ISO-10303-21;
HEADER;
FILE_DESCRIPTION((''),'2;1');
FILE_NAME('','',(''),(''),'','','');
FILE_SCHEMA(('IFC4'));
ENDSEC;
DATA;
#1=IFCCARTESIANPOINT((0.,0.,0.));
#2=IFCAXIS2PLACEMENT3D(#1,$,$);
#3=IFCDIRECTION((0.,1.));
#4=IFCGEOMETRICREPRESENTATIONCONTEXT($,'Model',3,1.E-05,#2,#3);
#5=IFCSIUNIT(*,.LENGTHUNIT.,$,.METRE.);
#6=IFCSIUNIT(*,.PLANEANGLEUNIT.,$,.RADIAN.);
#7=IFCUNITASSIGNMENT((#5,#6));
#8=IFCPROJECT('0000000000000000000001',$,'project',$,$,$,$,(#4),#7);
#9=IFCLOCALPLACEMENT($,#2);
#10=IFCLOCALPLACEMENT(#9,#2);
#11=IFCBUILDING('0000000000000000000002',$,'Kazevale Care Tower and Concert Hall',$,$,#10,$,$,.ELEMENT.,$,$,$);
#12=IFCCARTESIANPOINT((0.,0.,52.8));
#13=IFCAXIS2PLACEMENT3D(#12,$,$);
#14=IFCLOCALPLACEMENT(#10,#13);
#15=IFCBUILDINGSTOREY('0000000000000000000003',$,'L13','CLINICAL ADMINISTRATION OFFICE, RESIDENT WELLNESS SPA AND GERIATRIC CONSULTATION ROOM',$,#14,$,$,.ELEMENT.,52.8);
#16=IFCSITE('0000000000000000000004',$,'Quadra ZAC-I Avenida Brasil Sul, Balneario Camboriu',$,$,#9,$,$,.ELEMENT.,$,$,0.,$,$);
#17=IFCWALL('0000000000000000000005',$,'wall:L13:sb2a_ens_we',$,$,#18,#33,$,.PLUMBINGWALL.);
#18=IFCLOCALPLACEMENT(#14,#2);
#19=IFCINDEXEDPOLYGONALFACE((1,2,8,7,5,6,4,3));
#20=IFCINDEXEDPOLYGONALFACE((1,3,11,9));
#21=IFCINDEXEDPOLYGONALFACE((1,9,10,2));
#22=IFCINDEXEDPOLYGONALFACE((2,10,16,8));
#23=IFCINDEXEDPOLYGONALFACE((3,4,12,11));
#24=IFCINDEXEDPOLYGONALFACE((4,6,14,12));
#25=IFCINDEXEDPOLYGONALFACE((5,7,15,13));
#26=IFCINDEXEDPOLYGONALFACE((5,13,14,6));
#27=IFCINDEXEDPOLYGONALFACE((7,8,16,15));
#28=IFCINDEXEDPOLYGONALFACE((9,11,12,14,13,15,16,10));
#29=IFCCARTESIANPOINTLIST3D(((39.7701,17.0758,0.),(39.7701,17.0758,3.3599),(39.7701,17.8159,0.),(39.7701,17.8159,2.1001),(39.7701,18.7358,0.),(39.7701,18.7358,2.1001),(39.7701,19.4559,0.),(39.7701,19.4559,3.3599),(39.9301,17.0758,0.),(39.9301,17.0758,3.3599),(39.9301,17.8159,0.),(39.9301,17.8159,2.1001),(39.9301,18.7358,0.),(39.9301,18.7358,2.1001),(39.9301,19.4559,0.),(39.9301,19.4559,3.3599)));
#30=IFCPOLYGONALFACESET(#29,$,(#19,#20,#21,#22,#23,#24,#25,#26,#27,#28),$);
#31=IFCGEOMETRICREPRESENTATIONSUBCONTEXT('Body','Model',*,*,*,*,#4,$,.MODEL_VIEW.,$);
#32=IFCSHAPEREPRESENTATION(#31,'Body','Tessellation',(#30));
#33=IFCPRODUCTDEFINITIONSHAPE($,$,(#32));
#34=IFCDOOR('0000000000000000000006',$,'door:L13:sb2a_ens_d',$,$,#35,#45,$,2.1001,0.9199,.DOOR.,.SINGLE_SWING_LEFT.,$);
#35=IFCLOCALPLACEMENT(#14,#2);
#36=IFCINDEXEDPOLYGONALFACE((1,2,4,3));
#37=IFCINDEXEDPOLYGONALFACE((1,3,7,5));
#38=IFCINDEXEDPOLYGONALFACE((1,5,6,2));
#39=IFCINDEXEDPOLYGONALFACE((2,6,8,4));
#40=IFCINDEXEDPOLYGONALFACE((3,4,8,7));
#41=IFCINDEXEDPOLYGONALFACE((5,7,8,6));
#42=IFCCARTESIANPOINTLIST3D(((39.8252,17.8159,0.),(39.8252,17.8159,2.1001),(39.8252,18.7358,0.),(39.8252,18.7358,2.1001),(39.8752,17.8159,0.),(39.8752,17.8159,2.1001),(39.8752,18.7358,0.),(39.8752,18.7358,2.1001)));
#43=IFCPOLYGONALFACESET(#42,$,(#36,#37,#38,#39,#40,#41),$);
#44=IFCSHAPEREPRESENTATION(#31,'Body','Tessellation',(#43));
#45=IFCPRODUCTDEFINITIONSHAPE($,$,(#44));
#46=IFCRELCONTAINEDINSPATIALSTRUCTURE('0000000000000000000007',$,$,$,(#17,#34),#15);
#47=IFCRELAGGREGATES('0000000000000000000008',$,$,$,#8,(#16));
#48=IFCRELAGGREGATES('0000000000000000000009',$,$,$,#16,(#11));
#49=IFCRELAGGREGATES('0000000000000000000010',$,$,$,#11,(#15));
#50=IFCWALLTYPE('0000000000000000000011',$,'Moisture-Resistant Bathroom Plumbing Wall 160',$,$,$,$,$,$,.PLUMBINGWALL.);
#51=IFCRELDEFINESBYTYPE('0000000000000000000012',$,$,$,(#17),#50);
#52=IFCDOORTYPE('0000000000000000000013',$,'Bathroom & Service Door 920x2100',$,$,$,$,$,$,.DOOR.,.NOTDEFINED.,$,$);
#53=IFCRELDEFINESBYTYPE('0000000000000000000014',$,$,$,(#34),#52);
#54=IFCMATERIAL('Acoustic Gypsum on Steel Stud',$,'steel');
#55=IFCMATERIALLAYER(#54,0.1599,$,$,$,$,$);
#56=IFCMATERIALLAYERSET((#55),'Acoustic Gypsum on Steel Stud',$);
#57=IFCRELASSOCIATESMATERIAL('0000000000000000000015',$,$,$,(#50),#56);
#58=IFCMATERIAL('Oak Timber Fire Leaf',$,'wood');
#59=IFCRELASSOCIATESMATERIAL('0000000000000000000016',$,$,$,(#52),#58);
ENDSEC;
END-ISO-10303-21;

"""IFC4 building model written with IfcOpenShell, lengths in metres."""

from ifc_helpers import new_model, si_unit, direction, frame, frame_2d, origin, place, context, subcontext, project, spatial, rectangle, extrude, material, layer, layer_set, type_object, element, fill, save


model = new_model("IFC4")

# Units and contexts
model_context = context("Model", 3, precision=1e-05, world=origin(), true_north=direction((0.0, 1.0)))
body_context = subcontext(model_context, "Body", "Model", "MODEL_VIEW")
ifc_project = project(units=[si_unit("LENGTHUNIT", "METRE"), si_unit("PLANEANGLEUNIT", "RADIAN")], contexts=[model_context])

# Site, building, storey
site_placement = place(None, origin())
site = spatial("IfcSite", under=ifc_project, at=site_placement, Name="Quadra ZAC-I Avenida Brasil Sul, Balneario Camboriu", CompositionType="ELEMENT", RefElevation=0.0)
building_placement = place(site_placement, origin())
building = spatial("IfcBuilding", under=site, at=building_placement, Name="Kazevale Care Tower and Concert Hall", CompositionType="ELEMENT")
storey_placement = place(building_placement, frame((0.0, 0.0, 52.8)))
storey = spatial("IfcBuildingStorey", under=building, at=storey_placement, Name="L13", Description="CLINICAL ADMINISTRATION OFFICE, RESIDENT WELLNESS SPA AND GERIATRIC CONSULTATION ROOM", CompositionType="ELEMENT", Elevation=52.8)

# Shared definitions
ifc_material_1 = material(Name="Acoustic Gypsum on Steel Stud", Category="steel")

# Shared definitions
ifc_material_2 = material(Name="Oak Timber Fire Leaf", Category="wood")

# Shared definitions
ifc_layer_1 = layer(ifc_material_1, 0.1599)
ifc_layer_set_1 = layer_set([ifc_layer_1], Name="Acoustic Gypsum on Steel Stud")
wall_type_1 = type_object("IfcWallType", Name="Moisture-Resistant Bathroom Plumbing Wall 160", PredefinedType="PLUMBINGWALL", material=ifc_layer_set_1)

# Wall, opening, door
wall_1_placement = place(storey_placement, frame((39.8501, 17.0759, 0.0), z_axis=(0.0, 0.0, 1.0), x_axis=(0.0, 1.0, 0.0)))
wall_1 = element("IfcWall", 1, at=wall_1_placement, inside=storey, type_object=wall_type_1, Name="wall:L13:sb2a_ens_we", PredefinedType="PLUMBINGWALL", context=body_context, shape_type="SweptSolid", body=[
    extrude(rectangle(XDim=2.3801, YDim=0.1599, at=frame_2d((1.1899, 0.0))), origin(), (0.0, 0.0, 1.0), 3.3599),
])
opening_1_placement = place(wall_1_placement, frame((0.74, 0.0, 0.0)))
opening_1 = element("IfcOpeningElement", 2, at=opening_1_placement, cuts=wall_1, PredefinedType="OPENING", context=body_context, shape_type="SweptSolid", body=[
    extrude(rectangle(XDim=0.9199, YDim=2.1001, at=frame_2d((0.46, 1.05))), frame((0.0, 0.0898, 0.0), z_axis=(0.0, -1.0, 0.0), x_axis=(1.0, 0.0, 0.0)), (0.0, 0.0, 1.0), 0.1799),
])
door_type_1 = type_object("IfcDoorType", Name="Bathroom & Service Door 920x2100", OperationType="NOTDEFINED", PredefinedType="DOOR", material=ifc_material_2)
door_1_placement = place(opening_1_placement, origin())
door_1 = element("IfcDoor", 3, at=door_1_placement, inside=storey, type_object=door_type_1, Name="door:L13:sb2a_ens_d", OperationType="SINGLE_SWING_LEFT", OverallHeight=2.1001, OverallWidth=0.9199, PredefinedType="DOOR", context=body_context, shape_type="SweptSolid", body=[
    extrude(rectangle(XDim=0.9199, YDim=2.1001, at=frame_2d((0.46, 1.05))), frame((0.0, 0.0249, 0.0), z_axis=(0.0, -1.0, 0.0), x_axis=(1.0, 0.0, 0.0)), (0.0, 0.0, 1.0), 0.05),
])
fill(opening_1, door_1)

save(model, "model.ifc")
